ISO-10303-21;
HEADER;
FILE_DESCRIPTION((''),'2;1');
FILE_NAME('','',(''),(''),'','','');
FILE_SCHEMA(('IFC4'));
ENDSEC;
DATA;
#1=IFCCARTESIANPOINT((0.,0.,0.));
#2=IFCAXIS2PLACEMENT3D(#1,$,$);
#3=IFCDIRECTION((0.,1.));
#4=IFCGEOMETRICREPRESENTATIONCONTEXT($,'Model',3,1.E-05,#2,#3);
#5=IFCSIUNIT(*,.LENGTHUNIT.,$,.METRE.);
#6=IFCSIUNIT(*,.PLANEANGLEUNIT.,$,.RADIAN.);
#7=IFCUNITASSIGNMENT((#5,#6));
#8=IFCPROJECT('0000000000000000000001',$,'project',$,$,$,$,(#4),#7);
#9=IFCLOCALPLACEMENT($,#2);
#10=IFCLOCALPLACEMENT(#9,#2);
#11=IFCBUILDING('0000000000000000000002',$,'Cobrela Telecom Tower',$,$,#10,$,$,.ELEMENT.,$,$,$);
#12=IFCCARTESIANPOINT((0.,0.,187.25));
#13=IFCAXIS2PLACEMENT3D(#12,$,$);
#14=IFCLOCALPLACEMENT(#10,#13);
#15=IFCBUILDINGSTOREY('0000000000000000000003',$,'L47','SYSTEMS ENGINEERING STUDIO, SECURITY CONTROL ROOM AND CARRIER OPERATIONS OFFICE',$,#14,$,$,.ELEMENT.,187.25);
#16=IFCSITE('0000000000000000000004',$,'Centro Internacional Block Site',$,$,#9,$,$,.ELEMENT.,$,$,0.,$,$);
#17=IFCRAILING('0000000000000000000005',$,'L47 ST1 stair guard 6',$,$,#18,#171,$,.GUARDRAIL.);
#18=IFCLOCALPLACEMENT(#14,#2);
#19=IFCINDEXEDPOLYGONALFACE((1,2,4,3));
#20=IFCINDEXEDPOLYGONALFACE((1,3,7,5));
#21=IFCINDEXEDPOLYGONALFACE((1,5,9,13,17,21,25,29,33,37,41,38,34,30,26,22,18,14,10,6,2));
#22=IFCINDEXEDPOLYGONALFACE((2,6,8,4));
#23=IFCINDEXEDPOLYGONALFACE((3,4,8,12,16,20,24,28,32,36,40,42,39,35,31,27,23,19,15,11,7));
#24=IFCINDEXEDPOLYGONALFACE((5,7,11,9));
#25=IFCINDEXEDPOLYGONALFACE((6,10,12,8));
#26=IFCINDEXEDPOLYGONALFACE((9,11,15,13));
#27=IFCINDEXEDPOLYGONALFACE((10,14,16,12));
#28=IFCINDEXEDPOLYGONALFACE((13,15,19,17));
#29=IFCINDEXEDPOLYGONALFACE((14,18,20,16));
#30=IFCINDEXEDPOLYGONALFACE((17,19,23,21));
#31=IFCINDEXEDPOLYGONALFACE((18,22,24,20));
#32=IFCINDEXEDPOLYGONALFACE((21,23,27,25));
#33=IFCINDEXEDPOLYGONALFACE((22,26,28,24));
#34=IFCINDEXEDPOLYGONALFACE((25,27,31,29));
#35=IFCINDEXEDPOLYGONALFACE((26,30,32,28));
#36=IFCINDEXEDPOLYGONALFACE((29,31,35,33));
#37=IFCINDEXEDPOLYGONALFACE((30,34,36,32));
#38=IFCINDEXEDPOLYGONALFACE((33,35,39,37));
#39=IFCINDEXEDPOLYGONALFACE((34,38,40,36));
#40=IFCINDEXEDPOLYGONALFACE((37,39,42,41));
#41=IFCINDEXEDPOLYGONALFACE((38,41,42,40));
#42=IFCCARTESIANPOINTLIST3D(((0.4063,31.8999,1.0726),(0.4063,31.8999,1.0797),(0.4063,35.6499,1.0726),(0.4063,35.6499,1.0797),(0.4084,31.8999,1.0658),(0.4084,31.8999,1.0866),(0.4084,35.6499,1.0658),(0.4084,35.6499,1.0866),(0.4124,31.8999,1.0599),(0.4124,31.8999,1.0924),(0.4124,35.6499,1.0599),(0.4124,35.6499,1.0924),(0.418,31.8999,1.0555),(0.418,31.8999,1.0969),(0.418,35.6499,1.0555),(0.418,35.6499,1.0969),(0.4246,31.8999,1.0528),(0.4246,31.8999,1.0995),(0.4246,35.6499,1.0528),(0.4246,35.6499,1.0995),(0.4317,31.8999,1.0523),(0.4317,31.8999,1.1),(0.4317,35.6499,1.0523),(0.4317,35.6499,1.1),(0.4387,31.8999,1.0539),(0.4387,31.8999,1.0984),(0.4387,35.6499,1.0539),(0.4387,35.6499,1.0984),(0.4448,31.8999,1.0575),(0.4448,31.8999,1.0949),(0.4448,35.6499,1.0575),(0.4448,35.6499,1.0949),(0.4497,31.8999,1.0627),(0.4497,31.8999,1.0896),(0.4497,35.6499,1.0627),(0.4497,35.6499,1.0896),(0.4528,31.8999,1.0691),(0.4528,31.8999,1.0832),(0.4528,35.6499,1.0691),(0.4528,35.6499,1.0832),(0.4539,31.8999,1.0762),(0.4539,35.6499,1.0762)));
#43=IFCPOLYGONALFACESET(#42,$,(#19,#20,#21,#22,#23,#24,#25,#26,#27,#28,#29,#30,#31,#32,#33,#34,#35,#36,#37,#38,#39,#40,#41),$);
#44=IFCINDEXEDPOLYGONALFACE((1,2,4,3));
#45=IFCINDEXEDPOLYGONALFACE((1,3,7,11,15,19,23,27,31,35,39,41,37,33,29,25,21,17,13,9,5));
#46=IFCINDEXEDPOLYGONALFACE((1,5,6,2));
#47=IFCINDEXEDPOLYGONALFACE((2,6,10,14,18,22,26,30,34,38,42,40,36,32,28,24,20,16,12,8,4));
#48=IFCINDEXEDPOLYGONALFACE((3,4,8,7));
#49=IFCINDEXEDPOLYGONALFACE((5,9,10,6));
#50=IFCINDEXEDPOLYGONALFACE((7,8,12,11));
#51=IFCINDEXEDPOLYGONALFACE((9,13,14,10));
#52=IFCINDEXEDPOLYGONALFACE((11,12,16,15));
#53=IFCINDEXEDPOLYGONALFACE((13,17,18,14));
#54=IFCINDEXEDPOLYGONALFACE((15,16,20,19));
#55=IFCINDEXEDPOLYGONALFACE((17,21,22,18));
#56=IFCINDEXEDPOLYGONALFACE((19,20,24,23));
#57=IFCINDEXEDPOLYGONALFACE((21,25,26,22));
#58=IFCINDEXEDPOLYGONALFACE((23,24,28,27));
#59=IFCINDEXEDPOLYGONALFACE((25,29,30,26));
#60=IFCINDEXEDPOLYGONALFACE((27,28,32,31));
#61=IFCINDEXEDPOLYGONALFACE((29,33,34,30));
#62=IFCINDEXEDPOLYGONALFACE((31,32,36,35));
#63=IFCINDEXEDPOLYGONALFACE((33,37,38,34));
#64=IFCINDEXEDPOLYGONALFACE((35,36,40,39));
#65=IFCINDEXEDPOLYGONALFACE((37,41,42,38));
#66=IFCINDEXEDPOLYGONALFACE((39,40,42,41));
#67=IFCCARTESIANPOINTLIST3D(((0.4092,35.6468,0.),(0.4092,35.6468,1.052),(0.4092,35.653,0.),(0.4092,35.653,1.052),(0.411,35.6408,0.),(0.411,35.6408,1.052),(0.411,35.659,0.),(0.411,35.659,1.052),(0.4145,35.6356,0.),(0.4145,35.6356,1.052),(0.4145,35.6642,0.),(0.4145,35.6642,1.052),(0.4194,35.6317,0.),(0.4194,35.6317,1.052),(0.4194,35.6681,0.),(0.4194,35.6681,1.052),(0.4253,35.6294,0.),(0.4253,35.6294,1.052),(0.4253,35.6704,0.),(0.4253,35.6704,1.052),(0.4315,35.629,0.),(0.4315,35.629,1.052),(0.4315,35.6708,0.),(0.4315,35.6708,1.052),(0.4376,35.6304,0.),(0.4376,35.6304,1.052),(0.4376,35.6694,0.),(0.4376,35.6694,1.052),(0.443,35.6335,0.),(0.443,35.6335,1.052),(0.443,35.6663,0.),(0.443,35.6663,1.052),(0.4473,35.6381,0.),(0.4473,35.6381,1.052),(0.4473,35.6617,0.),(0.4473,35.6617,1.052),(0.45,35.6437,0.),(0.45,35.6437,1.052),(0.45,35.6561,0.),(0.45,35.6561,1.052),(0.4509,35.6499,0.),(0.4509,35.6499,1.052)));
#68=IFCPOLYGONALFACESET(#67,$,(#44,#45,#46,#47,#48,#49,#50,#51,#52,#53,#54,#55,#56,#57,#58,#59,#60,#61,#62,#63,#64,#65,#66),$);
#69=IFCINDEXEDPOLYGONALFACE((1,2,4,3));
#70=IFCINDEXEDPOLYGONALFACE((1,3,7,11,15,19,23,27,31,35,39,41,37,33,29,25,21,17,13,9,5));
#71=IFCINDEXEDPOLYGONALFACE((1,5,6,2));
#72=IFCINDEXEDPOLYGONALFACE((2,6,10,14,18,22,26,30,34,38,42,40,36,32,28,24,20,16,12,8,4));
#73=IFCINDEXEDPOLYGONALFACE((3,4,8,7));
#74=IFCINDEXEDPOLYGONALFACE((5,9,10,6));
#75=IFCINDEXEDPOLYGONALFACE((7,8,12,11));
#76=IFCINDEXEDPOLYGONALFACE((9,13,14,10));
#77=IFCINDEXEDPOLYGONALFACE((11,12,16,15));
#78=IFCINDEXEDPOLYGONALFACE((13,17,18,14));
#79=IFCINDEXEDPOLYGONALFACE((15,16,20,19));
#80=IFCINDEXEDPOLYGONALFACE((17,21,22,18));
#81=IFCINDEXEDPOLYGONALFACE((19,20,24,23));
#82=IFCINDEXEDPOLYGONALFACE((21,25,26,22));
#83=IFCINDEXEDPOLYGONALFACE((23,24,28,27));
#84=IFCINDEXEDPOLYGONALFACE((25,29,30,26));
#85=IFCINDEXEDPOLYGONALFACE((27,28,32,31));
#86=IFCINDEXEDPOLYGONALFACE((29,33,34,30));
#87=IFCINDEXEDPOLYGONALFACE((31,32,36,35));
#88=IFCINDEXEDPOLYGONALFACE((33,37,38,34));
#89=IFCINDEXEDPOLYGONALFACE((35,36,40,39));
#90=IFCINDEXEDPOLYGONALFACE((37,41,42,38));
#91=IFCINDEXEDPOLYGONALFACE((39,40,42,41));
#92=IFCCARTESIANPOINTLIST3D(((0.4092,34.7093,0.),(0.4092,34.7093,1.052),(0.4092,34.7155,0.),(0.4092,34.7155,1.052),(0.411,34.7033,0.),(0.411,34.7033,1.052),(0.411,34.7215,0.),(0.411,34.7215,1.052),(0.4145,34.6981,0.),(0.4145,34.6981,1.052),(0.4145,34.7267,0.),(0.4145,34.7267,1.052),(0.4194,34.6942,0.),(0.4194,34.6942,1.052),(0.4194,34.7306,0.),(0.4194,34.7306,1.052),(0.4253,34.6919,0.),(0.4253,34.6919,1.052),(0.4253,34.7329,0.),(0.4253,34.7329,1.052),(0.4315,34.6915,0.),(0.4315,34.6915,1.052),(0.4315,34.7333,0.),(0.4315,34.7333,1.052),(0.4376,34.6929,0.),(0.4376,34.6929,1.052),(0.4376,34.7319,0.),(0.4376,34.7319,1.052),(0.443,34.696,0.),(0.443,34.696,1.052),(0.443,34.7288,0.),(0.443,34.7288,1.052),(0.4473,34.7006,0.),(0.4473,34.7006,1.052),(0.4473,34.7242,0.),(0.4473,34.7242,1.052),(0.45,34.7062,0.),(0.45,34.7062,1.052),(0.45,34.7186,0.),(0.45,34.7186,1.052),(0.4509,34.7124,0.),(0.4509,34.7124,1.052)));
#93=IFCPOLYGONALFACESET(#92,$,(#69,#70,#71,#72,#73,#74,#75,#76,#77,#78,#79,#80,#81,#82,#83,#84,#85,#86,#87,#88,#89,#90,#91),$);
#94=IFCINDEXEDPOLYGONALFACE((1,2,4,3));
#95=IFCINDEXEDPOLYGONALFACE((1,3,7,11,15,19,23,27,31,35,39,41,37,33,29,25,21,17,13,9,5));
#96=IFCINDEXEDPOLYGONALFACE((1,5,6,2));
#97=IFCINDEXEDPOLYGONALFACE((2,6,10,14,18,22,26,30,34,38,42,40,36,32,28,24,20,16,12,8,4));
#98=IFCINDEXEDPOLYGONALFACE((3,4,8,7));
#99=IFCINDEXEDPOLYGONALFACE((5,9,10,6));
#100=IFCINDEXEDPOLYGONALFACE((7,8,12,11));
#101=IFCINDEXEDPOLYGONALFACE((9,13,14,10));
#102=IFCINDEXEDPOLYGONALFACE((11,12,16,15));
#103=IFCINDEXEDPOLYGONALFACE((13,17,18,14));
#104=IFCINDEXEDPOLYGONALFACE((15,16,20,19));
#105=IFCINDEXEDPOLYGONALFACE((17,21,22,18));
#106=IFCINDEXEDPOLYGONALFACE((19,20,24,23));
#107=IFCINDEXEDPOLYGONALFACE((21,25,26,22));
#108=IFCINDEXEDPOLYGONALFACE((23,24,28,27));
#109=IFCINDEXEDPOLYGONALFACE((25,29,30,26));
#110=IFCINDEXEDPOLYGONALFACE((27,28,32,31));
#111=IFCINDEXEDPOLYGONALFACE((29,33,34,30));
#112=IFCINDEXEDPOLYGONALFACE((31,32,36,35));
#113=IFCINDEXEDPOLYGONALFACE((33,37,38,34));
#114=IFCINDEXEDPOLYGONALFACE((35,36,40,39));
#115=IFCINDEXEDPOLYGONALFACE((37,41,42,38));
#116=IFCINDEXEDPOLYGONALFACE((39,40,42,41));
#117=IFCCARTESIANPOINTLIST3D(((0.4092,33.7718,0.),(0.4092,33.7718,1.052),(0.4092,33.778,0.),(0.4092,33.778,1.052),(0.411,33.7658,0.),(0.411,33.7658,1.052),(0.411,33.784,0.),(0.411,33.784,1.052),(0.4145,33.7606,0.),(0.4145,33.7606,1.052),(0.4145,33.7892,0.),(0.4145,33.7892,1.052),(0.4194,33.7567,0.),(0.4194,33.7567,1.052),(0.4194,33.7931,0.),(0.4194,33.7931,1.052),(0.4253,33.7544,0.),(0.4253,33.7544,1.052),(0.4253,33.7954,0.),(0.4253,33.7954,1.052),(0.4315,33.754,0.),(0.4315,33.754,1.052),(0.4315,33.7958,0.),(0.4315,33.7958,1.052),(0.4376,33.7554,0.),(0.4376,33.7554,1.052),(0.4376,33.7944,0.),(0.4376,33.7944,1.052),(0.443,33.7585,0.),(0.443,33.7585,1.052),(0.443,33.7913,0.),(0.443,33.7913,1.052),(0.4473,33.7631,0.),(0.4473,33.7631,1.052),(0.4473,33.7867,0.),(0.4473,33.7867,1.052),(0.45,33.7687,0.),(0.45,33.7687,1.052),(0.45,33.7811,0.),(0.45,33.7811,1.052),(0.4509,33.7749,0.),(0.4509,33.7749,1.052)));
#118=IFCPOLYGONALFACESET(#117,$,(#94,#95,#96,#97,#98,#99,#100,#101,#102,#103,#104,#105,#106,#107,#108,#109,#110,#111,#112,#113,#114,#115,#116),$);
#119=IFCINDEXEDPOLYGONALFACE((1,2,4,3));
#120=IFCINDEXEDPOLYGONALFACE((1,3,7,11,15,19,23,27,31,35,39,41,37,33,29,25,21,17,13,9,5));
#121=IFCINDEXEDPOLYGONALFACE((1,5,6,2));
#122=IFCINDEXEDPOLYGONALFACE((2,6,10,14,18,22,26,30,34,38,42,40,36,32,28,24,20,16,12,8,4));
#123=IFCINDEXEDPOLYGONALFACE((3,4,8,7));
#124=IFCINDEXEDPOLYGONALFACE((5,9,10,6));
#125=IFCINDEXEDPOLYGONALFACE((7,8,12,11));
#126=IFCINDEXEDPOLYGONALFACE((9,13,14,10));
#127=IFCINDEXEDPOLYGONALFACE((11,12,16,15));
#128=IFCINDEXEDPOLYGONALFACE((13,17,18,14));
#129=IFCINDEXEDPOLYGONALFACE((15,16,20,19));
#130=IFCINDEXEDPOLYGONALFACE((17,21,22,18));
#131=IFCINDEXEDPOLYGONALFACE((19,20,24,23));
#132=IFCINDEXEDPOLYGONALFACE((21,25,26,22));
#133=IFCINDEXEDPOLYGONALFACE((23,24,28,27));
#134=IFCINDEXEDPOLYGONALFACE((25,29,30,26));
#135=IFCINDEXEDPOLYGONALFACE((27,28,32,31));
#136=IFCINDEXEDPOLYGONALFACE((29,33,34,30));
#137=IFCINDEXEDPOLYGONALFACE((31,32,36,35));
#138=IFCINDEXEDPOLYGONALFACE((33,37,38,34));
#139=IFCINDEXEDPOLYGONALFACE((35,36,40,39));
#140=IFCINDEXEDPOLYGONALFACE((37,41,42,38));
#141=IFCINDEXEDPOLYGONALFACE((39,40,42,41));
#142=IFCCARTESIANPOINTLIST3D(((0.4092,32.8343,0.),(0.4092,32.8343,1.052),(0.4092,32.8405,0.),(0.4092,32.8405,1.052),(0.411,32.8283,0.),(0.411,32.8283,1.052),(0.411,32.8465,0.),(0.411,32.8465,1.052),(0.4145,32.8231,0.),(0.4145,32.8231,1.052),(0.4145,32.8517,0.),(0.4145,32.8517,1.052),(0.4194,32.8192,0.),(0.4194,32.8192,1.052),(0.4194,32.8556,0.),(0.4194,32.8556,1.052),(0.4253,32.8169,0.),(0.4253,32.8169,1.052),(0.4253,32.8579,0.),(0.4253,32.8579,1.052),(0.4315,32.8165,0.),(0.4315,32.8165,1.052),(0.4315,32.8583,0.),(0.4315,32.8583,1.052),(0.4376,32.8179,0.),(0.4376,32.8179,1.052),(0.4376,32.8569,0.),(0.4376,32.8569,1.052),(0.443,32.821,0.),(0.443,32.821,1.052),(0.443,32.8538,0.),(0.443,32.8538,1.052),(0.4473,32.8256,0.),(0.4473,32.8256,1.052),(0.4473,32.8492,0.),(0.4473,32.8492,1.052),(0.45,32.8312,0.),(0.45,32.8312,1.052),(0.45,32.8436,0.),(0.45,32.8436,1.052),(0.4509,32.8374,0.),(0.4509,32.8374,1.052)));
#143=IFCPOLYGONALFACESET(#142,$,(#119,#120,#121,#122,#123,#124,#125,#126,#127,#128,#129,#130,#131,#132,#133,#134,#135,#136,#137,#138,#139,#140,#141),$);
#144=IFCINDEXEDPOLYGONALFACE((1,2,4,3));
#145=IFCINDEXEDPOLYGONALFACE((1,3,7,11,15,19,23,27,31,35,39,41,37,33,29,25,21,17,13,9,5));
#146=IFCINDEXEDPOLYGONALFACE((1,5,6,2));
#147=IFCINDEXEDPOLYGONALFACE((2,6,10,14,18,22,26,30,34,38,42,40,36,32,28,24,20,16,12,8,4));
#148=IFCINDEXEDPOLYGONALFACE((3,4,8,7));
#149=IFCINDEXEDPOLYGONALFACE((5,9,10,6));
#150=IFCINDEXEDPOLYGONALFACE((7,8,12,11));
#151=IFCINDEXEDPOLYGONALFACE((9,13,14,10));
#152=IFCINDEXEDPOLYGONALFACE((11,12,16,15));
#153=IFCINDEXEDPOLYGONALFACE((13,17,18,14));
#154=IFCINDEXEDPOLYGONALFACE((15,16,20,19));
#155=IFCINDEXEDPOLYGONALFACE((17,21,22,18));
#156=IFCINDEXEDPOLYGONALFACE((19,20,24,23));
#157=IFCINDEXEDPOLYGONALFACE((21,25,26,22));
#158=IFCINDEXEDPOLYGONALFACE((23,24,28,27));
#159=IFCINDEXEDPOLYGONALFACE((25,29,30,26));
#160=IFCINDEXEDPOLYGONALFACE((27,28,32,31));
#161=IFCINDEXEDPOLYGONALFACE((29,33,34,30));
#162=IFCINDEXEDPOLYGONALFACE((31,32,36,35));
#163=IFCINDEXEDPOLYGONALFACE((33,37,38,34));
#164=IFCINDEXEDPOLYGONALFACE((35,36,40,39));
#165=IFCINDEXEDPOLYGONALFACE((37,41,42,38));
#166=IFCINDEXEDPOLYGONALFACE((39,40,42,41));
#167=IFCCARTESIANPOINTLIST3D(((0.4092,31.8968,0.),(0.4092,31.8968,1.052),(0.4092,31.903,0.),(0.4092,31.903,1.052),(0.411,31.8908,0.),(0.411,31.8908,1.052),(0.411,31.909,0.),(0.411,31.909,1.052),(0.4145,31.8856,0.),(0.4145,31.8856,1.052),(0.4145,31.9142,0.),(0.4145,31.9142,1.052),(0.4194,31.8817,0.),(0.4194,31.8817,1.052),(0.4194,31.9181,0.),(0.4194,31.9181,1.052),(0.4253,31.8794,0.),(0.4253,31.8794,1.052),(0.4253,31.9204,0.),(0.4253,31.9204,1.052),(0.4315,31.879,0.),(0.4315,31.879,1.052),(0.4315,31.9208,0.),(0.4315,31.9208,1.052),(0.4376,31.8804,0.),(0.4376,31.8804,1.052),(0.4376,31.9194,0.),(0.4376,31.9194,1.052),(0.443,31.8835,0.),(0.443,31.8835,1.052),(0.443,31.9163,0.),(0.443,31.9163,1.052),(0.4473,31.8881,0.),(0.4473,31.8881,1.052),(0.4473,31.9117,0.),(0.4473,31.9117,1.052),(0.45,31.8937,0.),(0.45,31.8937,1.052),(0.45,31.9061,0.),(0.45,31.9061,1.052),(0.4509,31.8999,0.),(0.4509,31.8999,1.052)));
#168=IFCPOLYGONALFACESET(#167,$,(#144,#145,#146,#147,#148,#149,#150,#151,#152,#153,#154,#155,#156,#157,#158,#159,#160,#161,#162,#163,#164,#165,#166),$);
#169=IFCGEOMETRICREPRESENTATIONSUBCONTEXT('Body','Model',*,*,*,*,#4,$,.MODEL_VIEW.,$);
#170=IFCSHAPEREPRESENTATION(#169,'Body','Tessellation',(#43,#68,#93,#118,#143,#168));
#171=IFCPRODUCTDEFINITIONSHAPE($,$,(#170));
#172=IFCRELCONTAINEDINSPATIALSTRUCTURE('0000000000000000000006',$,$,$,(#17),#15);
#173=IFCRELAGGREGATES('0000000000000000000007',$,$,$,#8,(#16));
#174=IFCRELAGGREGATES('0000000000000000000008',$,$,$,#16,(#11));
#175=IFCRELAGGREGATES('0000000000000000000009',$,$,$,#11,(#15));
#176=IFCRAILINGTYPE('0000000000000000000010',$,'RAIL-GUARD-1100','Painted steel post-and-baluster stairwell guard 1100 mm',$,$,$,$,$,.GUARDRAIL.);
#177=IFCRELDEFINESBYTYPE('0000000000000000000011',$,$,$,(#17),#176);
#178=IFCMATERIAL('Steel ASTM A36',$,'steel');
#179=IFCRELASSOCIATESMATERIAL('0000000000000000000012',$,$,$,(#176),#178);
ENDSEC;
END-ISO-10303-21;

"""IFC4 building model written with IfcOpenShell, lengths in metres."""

from ifc_helpers import new_model, si_unit, direction, frame, origin, origin_2d, place, context, subcontext, project, spatial, circle, extrude, material, type_object, element, save


model = new_model("IFC4")

# Units and contexts
model_context = context("Model", 3, precision=1e-05, world=origin(), true_north=direction((0.0, 1.0)))
body_context = subcontext(model_context, "Body", "Model", "MODEL_VIEW")
ifc_project = project(units=[si_unit("LENGTHUNIT", "METRE"), si_unit("PLANEANGLEUNIT", "RADIAN")], contexts=[model_context])

# Site, building, storey
site_placement = place(None, origin())
site = spatial("IfcSite", under=ifc_project, at=site_placement, Name="Centro Internacional Block Site", CompositionType="ELEMENT", RefElevation=0.0)
building_placement = place(site_placement, origin())
building = spatial("IfcBuilding", under=site, at=building_placement, Name="Cobrela Telecom Tower", CompositionType="ELEMENT")
storey_placement = place(building_placement, frame((0.0, 0.0, 187.25)))
storey = spatial("IfcBuildingStorey", under=building, at=storey_placement, Name="L47", Description="SYSTEMS ENGINEERING STUDIO, SECURITY CONTROL ROOM AND CARRIER OPERATIONS OFFICE", CompositionType="ELEMENT", Elevation=187.25)

# Shared definitions
ifc_material_1 = material(Name="Steel ASTM A36", Category="steel")

# Railing
railing_type_1 = type_object("IfcRailingType", Name="RAIL-GUARD-1100", Description="Painted steel post-and-baluster stairwell guard 1100 mm", PredefinedType="GUARDRAIL", material=ifc_material_1)
railing_1_placement = place(storey_placement, frame((0.4299, 35.6499, 0.0)))
element("IfcRailing", 1, at=railing_1_placement, inside=storey, type_object=railing_type_1, Name="L47 ST1 stair guard 6", PredefinedType="GUARDRAIL", context=body_context, shape_type="SweptSolid", body=[
    extrude(circle(Radius=0.0239, at=origin_2d()), frame((0.0, 0.0, 1.0762), z_axis=(0.0, -1.0, 0.0), x_axis=(1.0, 0.0, 0.0)), (0.0, 0.0, 1.0), 3.75),
    extrude(circle(Radius=0.021, at=origin_2d()), origin(), (0.0, 0.0, 1.0), 1.052),
    extrude(circle(Radius=0.021, at=origin_2d()), frame((0.0, -0.9375, 0.0)), (0.0, 0.0, 1.0), 1.052),
    extrude(circle(Radius=0.021, at=origin_2d()), frame((0.0, -1.875, 0.0)), (0.0, 0.0, 1.0), 1.052),
    extrude(circle(Radius=0.021, at=origin_2d()), frame((0.0, -2.8125, 0.0)), (0.0, 0.0, 1.0), 1.052),
    extrude(circle(Radius=0.021, at=origin_2d()), frame((0.0, -3.75, 0.0)), (0.0, 0.0, 1.0), 1.052),
])

save(model, "model.ifc")
